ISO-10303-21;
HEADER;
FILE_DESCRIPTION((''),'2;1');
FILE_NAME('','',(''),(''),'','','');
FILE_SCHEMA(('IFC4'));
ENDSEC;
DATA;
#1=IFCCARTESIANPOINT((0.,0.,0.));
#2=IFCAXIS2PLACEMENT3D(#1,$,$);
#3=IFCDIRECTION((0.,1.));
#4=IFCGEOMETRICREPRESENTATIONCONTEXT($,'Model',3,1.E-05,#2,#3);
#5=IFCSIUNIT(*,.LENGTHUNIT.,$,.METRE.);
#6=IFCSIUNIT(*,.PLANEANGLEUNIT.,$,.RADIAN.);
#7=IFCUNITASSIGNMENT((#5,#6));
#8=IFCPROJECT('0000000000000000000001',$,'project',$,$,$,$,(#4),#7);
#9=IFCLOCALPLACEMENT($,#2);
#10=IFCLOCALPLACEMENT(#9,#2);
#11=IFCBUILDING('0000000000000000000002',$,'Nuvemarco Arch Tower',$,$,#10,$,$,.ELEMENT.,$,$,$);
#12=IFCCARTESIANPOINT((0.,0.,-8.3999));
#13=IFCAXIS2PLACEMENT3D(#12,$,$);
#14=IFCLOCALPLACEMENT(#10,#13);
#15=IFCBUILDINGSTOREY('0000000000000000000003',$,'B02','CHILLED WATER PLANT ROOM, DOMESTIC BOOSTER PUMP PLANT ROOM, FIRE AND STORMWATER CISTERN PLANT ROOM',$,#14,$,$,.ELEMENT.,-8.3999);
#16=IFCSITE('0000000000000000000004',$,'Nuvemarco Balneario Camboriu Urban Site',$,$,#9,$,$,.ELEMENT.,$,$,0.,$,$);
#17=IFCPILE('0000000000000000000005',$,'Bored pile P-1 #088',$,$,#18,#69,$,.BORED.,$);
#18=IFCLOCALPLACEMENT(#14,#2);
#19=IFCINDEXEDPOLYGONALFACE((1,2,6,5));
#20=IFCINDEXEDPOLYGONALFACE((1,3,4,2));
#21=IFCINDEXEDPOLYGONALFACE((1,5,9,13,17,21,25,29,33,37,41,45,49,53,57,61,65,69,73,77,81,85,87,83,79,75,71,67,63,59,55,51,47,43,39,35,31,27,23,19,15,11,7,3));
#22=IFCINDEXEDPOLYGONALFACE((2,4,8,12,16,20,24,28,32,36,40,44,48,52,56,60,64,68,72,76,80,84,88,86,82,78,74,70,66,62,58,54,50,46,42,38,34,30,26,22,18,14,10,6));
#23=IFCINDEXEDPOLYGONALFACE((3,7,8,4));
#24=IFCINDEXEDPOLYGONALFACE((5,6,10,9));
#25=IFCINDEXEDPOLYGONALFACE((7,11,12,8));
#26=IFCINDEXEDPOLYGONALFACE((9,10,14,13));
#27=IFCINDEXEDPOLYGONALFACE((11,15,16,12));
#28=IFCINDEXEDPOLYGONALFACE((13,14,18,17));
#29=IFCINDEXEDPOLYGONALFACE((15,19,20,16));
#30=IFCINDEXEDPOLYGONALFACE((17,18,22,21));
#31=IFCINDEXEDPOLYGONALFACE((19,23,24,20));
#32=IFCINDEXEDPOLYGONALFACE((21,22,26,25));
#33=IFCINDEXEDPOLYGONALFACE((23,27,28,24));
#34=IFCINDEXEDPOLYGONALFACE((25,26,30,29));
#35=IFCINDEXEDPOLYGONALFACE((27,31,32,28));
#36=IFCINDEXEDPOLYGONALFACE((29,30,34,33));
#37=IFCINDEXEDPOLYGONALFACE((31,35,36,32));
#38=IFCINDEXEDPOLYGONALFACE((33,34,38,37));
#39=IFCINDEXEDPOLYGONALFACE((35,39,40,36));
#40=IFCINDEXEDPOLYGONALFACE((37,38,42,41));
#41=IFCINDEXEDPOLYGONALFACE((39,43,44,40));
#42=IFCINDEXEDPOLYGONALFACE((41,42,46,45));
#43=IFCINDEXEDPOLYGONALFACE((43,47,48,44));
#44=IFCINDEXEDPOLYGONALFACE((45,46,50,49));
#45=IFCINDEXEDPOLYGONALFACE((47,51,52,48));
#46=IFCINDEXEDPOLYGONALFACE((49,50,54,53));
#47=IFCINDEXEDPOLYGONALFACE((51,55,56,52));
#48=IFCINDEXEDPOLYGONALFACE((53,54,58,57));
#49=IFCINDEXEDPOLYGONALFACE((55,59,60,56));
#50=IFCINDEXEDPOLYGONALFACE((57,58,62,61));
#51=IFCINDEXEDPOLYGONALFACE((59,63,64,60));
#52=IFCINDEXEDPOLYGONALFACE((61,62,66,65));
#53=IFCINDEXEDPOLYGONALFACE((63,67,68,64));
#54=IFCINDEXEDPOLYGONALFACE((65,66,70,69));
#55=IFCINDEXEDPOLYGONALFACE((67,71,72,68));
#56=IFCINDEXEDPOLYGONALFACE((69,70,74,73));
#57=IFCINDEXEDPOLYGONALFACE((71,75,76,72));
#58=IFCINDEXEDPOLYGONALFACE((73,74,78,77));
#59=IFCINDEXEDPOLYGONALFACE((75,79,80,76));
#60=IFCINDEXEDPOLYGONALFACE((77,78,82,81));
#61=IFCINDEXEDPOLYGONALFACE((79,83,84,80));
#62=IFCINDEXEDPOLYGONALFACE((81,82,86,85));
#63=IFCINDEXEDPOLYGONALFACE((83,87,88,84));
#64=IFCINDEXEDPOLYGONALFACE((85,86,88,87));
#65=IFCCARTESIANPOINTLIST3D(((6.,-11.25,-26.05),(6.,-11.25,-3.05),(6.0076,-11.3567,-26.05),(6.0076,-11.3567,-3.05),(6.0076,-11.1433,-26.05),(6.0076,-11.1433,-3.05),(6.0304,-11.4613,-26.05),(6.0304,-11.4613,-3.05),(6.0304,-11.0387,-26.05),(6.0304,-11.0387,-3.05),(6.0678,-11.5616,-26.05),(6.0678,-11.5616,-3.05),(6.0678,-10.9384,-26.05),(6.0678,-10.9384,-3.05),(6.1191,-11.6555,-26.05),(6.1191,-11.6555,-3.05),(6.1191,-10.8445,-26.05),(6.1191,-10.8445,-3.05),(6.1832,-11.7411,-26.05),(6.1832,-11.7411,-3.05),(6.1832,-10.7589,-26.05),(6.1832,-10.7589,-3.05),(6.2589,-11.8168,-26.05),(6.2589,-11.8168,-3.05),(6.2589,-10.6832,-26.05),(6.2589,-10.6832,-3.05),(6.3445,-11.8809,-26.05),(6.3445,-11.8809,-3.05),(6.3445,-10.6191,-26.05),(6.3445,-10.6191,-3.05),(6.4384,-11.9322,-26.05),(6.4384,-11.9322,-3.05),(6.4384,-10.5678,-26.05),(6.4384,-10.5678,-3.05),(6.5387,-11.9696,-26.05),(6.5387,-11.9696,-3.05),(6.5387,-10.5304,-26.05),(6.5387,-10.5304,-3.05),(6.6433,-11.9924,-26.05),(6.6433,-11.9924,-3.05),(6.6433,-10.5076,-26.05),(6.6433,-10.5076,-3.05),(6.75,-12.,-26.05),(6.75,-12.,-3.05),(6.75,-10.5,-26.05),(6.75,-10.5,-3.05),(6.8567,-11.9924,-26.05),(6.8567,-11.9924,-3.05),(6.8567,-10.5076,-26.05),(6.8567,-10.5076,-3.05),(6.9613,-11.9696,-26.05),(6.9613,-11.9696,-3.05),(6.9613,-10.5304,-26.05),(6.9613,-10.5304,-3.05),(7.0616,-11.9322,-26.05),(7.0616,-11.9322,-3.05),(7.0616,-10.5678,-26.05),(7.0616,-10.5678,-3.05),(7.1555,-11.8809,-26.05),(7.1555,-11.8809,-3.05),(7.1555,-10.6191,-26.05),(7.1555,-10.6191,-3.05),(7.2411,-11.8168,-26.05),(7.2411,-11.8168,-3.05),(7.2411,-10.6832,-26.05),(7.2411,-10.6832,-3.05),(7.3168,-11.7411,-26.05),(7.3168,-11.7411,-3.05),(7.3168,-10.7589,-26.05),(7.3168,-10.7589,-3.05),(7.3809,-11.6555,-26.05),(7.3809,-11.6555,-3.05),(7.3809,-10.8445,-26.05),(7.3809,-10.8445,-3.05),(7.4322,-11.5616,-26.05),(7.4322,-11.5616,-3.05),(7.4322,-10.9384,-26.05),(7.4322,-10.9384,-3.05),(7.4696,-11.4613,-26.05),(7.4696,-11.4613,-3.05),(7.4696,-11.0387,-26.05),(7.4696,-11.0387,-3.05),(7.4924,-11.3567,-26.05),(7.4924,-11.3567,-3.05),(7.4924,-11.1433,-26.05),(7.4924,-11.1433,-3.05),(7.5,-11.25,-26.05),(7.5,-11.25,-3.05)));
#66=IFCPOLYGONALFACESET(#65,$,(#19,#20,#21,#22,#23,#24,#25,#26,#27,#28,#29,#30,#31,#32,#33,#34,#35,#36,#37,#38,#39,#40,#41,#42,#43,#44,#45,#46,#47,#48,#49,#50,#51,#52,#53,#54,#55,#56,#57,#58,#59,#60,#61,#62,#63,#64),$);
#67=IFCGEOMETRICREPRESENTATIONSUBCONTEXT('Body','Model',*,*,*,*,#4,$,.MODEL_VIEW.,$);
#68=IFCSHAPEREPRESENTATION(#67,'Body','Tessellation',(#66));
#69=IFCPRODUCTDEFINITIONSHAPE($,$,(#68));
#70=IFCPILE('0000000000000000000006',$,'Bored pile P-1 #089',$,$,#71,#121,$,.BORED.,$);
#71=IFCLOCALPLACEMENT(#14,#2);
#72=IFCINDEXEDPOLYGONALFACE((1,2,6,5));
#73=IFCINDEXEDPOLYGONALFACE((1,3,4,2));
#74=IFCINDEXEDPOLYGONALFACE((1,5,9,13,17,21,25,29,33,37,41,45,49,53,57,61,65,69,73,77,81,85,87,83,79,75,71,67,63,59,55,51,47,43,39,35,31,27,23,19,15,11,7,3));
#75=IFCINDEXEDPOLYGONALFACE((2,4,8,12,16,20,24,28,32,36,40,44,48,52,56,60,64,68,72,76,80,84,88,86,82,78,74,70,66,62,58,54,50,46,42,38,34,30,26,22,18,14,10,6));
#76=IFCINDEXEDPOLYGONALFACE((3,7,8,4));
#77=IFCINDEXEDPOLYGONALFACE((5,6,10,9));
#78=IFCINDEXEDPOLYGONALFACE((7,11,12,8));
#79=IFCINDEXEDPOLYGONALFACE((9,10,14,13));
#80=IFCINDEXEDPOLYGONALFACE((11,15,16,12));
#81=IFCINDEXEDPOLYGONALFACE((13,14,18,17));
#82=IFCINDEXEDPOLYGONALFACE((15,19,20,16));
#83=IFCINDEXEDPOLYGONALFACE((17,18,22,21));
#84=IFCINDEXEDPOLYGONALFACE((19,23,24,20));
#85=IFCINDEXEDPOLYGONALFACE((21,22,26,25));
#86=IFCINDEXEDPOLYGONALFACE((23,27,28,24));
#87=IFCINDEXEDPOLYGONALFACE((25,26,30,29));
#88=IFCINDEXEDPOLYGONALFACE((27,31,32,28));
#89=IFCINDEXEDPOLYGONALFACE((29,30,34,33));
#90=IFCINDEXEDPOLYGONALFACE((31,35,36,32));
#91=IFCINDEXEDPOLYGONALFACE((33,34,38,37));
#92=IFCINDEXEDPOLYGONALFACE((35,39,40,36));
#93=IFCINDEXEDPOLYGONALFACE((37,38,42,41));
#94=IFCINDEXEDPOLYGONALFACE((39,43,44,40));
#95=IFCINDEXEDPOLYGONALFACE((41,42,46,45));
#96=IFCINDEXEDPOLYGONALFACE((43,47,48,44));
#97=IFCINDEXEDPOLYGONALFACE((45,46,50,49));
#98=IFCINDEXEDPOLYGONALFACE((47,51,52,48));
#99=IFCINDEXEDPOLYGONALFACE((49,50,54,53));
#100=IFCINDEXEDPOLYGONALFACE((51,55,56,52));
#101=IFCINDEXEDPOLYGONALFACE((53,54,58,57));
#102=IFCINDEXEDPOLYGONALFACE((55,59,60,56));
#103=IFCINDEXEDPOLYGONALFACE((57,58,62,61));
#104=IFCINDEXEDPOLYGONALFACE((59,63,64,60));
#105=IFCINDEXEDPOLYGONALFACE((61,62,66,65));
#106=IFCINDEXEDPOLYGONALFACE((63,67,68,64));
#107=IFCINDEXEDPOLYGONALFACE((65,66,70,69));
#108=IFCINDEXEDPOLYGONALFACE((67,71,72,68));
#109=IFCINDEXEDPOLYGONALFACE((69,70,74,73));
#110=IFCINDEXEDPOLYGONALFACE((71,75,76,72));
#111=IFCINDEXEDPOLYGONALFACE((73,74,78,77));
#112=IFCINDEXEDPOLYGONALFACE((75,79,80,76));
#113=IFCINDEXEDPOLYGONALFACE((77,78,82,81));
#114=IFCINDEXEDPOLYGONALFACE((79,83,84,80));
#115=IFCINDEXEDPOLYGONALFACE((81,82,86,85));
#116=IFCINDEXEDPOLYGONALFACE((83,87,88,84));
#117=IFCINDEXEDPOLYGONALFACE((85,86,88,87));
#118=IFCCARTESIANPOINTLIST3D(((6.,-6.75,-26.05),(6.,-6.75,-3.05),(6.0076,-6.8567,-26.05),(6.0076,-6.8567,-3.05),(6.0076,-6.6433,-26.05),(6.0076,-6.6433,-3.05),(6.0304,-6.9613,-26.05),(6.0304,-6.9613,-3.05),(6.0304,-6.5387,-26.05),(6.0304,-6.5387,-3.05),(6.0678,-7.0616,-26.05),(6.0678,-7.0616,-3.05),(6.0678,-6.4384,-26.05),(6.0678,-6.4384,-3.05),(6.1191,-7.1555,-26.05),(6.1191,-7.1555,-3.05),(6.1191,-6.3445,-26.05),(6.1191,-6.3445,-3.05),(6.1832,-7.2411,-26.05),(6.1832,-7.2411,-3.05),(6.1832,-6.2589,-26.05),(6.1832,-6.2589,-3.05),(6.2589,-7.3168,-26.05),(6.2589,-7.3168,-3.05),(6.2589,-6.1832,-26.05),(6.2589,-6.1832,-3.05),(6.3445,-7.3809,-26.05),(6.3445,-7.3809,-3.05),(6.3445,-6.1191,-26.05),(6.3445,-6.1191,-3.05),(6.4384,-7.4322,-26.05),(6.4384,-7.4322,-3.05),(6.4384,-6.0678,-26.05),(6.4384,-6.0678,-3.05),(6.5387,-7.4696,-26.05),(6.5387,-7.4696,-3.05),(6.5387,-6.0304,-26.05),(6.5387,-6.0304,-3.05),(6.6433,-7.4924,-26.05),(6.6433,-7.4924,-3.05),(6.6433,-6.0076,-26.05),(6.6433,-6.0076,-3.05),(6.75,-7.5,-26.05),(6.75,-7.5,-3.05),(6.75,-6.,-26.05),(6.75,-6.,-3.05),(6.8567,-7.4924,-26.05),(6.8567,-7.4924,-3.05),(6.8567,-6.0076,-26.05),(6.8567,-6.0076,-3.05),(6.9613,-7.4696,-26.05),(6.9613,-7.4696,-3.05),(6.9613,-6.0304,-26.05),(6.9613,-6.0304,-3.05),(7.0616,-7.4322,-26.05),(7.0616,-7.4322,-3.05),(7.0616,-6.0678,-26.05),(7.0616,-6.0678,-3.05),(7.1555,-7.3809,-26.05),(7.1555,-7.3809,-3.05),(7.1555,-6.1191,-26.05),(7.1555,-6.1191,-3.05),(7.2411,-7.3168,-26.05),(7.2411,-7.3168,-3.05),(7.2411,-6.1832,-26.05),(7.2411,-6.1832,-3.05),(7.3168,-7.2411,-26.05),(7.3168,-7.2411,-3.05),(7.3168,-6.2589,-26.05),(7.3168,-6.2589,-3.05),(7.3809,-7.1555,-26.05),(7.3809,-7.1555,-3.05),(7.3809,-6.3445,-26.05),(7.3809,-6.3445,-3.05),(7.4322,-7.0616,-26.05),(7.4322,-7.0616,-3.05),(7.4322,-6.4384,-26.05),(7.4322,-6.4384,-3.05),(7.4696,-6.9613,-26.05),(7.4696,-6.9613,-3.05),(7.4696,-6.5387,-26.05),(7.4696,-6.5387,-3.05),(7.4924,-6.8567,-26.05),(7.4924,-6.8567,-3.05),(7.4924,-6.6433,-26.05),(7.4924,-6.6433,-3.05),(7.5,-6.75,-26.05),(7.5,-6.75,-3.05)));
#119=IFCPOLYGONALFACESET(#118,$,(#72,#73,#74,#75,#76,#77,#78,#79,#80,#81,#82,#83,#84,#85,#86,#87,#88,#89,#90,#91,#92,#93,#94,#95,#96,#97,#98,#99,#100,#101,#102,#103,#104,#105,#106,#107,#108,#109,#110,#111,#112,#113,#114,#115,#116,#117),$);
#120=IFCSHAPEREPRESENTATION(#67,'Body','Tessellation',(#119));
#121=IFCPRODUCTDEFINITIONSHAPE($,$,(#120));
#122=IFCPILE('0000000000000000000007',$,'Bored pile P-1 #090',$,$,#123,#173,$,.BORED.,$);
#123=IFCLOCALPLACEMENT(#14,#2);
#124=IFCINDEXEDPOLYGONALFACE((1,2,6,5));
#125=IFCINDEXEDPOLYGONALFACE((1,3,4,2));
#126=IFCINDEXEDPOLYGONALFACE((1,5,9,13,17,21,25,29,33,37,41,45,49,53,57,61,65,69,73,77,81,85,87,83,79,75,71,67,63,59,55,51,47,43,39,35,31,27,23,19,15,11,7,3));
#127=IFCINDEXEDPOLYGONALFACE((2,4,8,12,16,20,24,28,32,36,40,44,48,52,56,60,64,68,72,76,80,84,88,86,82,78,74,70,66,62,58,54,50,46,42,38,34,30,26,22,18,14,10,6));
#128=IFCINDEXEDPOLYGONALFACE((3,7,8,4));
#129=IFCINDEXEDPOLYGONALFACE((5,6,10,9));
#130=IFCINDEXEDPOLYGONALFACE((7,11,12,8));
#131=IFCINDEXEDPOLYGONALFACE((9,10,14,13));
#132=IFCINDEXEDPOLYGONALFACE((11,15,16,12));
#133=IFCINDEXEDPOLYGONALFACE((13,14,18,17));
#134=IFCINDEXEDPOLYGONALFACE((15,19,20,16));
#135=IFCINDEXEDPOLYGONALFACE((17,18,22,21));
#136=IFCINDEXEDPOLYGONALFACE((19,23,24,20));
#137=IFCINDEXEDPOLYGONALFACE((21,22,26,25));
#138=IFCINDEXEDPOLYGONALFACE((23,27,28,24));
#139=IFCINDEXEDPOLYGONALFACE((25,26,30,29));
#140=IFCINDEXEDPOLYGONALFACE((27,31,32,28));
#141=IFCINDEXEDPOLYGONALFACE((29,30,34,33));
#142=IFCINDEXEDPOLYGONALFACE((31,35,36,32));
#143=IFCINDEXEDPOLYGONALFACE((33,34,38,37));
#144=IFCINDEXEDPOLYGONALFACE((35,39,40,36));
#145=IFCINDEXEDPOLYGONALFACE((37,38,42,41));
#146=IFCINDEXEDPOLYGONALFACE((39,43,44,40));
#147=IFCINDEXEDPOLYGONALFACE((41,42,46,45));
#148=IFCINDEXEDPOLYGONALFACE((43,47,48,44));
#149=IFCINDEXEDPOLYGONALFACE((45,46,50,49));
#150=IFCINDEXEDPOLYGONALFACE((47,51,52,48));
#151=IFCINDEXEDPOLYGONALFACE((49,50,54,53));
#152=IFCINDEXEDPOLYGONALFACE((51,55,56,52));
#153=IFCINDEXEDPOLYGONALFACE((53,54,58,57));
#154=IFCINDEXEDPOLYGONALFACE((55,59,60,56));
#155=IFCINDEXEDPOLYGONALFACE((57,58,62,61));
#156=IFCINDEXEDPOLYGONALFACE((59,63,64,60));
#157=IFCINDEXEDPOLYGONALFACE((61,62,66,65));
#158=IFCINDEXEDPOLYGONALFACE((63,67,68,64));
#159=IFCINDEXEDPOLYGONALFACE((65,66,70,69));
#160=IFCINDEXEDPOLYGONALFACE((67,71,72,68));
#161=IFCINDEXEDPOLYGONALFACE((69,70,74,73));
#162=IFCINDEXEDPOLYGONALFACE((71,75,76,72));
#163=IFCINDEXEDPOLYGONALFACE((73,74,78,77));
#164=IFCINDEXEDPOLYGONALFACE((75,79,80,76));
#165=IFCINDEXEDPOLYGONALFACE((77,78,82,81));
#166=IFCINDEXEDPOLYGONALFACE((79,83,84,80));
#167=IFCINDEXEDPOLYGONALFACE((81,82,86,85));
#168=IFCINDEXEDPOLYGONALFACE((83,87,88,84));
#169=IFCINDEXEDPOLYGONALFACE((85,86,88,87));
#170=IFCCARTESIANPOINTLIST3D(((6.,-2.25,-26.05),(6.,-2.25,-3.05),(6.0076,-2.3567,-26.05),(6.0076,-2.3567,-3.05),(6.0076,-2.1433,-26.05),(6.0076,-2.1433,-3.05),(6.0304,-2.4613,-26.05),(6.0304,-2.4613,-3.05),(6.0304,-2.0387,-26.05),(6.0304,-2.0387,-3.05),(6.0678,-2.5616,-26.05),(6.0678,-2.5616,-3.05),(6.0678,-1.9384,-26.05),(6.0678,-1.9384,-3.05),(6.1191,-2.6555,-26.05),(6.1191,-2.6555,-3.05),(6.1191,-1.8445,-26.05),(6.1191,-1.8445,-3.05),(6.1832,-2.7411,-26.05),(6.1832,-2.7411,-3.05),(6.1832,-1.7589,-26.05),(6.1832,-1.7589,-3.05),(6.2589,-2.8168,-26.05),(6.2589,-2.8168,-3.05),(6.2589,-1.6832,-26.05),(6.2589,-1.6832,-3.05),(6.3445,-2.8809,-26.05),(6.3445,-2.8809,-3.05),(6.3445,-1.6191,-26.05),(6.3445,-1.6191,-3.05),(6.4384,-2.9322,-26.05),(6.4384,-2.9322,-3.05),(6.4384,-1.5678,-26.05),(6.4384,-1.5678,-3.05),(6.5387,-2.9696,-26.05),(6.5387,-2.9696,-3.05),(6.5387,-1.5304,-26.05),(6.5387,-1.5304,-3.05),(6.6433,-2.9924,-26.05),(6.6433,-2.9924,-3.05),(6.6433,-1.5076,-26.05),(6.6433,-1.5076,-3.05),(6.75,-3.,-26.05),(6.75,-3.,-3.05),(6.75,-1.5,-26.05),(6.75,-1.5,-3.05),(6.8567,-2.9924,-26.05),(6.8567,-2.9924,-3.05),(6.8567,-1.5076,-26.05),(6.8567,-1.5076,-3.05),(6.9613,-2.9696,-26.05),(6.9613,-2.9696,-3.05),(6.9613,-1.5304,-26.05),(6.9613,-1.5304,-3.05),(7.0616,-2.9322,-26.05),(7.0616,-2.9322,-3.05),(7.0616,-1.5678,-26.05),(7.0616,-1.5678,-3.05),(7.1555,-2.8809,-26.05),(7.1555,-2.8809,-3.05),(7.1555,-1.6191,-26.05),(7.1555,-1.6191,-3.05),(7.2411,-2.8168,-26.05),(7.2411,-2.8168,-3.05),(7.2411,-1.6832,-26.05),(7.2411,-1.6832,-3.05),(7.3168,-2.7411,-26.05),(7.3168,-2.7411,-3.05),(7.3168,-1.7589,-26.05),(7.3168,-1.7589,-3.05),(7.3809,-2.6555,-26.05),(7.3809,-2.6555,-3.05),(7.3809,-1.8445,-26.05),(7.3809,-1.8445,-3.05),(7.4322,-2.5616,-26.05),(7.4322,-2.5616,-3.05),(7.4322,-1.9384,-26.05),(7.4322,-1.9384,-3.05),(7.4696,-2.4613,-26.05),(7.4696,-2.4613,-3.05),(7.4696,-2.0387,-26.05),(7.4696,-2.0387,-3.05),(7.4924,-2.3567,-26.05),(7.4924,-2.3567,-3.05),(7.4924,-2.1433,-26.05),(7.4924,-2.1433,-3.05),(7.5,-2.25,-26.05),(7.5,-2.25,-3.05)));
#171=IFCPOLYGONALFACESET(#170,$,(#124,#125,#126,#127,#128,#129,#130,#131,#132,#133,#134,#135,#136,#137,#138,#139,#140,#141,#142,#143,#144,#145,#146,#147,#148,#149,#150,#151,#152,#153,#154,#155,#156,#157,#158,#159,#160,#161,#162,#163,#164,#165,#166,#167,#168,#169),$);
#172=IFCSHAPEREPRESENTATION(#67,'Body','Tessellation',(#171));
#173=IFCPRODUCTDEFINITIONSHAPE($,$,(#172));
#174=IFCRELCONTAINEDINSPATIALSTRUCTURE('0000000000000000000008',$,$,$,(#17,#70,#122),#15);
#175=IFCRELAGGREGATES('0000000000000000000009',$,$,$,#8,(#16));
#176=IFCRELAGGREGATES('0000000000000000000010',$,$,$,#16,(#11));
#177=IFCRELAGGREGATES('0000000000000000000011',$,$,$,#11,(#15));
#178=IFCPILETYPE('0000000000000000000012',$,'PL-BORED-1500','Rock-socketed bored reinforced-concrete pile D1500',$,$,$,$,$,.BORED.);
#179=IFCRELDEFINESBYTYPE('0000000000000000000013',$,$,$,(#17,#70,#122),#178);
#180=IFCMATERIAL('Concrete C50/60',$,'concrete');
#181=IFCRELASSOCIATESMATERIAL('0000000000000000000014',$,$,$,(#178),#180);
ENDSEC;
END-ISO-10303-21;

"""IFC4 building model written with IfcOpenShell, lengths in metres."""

from ifc_helpers import new_model, si_unit, direction, frame, origin, origin_2d, place, context, subcontext, project, spatial, circle, extrude, material, material_profile, profile_set, type_object, element, save


model = new_model("IFC4")

# Units and contexts
model_context = context("Model", 3, precision=1e-05, world=origin(), true_north=direction((0.0, 1.0)))
body_context = subcontext(model_context, "Body", "Model", "MODEL_VIEW")
ifc_project = project(units=[si_unit("LENGTHUNIT", "METRE"), si_unit("PLANEANGLEUNIT", "RADIAN")], contexts=[model_context])

# Site, building, storey
site_placement = place(None, origin())
site = spatial("IfcSite", under=ifc_project, at=site_placement, Name="Nuvemarco Balneario Camboriu Urban Site", CompositionType="ELEMENT", RefElevation=0.0)
building_placement = place(site_placement, origin())
building = spatial("IfcBuilding", under=site, at=building_placement, Name="Nuvemarco Arch Tower", CompositionType="ELEMENT")
storey_placement = place(building_placement, frame((0.0, 0.0, -8.3999)))
storey = spatial("IfcBuildingStorey", under=building, at=storey_placement, Name="B02", Description="CHILLED WATER PLANT ROOM, DOMESTIC BOOSTER PUMP PLANT ROOM, FIRE AND STORMWATER CISTERN PLANT ROOM", CompositionType="ELEMENT", Elevation=-8.3999)

# Piles
ifc_material_1 = material(Name="Concrete C50/60", Category="concrete")
ifc_material_profile_1 = material_profile(ifc_material_1, circle(Radius=0.75, at=origin_2d()), Name="PILE-D1500")
ifc_profile_set_1 = profile_set([ifc_material_profile_1], Name="Concrete C50/60")
pile_type = type_object("IfcPileType", Name="PL-BORED-1500", Description="Rock-socketed bored reinforced-concrete pile D1500", PredefinedType="BORED", material=ifc_profile_set_1)
for number, where, z_axis, x_axis, name in (
    (1, (6.75, -11.25, -3.05), (0.0, 0.0, -1.0), (1.0, 0.0, 0.0), "Bored pile P-1 #088"),
    (2, (6.75, -6.75, -3.05), (0.0, 0.0, -1.0), (1.0, 0.0, 0.0), "Bored pile P-1 #089"),
    (3, (6.75, -2.25, -3.05), (0.0, 0.0, -1.0), (1.0, 0.0, 0.0), "Bored pile P-1 #090"),
):
    element("IfcPile", number, at=place(storey_placement, frame(where, z_axis=z_axis, x_axis=x_axis)), inside=storey, type_object=pile_type, Name=name, PredefinedType="BORED", context=body_context, shape_type="SweptSolid", body=[
        extrude(circle(Radius=0.75, at=origin_2d()), origin(), (0.0, 0.0, 1.0), 23.0),
    ])

save(model, "model.ifc")
